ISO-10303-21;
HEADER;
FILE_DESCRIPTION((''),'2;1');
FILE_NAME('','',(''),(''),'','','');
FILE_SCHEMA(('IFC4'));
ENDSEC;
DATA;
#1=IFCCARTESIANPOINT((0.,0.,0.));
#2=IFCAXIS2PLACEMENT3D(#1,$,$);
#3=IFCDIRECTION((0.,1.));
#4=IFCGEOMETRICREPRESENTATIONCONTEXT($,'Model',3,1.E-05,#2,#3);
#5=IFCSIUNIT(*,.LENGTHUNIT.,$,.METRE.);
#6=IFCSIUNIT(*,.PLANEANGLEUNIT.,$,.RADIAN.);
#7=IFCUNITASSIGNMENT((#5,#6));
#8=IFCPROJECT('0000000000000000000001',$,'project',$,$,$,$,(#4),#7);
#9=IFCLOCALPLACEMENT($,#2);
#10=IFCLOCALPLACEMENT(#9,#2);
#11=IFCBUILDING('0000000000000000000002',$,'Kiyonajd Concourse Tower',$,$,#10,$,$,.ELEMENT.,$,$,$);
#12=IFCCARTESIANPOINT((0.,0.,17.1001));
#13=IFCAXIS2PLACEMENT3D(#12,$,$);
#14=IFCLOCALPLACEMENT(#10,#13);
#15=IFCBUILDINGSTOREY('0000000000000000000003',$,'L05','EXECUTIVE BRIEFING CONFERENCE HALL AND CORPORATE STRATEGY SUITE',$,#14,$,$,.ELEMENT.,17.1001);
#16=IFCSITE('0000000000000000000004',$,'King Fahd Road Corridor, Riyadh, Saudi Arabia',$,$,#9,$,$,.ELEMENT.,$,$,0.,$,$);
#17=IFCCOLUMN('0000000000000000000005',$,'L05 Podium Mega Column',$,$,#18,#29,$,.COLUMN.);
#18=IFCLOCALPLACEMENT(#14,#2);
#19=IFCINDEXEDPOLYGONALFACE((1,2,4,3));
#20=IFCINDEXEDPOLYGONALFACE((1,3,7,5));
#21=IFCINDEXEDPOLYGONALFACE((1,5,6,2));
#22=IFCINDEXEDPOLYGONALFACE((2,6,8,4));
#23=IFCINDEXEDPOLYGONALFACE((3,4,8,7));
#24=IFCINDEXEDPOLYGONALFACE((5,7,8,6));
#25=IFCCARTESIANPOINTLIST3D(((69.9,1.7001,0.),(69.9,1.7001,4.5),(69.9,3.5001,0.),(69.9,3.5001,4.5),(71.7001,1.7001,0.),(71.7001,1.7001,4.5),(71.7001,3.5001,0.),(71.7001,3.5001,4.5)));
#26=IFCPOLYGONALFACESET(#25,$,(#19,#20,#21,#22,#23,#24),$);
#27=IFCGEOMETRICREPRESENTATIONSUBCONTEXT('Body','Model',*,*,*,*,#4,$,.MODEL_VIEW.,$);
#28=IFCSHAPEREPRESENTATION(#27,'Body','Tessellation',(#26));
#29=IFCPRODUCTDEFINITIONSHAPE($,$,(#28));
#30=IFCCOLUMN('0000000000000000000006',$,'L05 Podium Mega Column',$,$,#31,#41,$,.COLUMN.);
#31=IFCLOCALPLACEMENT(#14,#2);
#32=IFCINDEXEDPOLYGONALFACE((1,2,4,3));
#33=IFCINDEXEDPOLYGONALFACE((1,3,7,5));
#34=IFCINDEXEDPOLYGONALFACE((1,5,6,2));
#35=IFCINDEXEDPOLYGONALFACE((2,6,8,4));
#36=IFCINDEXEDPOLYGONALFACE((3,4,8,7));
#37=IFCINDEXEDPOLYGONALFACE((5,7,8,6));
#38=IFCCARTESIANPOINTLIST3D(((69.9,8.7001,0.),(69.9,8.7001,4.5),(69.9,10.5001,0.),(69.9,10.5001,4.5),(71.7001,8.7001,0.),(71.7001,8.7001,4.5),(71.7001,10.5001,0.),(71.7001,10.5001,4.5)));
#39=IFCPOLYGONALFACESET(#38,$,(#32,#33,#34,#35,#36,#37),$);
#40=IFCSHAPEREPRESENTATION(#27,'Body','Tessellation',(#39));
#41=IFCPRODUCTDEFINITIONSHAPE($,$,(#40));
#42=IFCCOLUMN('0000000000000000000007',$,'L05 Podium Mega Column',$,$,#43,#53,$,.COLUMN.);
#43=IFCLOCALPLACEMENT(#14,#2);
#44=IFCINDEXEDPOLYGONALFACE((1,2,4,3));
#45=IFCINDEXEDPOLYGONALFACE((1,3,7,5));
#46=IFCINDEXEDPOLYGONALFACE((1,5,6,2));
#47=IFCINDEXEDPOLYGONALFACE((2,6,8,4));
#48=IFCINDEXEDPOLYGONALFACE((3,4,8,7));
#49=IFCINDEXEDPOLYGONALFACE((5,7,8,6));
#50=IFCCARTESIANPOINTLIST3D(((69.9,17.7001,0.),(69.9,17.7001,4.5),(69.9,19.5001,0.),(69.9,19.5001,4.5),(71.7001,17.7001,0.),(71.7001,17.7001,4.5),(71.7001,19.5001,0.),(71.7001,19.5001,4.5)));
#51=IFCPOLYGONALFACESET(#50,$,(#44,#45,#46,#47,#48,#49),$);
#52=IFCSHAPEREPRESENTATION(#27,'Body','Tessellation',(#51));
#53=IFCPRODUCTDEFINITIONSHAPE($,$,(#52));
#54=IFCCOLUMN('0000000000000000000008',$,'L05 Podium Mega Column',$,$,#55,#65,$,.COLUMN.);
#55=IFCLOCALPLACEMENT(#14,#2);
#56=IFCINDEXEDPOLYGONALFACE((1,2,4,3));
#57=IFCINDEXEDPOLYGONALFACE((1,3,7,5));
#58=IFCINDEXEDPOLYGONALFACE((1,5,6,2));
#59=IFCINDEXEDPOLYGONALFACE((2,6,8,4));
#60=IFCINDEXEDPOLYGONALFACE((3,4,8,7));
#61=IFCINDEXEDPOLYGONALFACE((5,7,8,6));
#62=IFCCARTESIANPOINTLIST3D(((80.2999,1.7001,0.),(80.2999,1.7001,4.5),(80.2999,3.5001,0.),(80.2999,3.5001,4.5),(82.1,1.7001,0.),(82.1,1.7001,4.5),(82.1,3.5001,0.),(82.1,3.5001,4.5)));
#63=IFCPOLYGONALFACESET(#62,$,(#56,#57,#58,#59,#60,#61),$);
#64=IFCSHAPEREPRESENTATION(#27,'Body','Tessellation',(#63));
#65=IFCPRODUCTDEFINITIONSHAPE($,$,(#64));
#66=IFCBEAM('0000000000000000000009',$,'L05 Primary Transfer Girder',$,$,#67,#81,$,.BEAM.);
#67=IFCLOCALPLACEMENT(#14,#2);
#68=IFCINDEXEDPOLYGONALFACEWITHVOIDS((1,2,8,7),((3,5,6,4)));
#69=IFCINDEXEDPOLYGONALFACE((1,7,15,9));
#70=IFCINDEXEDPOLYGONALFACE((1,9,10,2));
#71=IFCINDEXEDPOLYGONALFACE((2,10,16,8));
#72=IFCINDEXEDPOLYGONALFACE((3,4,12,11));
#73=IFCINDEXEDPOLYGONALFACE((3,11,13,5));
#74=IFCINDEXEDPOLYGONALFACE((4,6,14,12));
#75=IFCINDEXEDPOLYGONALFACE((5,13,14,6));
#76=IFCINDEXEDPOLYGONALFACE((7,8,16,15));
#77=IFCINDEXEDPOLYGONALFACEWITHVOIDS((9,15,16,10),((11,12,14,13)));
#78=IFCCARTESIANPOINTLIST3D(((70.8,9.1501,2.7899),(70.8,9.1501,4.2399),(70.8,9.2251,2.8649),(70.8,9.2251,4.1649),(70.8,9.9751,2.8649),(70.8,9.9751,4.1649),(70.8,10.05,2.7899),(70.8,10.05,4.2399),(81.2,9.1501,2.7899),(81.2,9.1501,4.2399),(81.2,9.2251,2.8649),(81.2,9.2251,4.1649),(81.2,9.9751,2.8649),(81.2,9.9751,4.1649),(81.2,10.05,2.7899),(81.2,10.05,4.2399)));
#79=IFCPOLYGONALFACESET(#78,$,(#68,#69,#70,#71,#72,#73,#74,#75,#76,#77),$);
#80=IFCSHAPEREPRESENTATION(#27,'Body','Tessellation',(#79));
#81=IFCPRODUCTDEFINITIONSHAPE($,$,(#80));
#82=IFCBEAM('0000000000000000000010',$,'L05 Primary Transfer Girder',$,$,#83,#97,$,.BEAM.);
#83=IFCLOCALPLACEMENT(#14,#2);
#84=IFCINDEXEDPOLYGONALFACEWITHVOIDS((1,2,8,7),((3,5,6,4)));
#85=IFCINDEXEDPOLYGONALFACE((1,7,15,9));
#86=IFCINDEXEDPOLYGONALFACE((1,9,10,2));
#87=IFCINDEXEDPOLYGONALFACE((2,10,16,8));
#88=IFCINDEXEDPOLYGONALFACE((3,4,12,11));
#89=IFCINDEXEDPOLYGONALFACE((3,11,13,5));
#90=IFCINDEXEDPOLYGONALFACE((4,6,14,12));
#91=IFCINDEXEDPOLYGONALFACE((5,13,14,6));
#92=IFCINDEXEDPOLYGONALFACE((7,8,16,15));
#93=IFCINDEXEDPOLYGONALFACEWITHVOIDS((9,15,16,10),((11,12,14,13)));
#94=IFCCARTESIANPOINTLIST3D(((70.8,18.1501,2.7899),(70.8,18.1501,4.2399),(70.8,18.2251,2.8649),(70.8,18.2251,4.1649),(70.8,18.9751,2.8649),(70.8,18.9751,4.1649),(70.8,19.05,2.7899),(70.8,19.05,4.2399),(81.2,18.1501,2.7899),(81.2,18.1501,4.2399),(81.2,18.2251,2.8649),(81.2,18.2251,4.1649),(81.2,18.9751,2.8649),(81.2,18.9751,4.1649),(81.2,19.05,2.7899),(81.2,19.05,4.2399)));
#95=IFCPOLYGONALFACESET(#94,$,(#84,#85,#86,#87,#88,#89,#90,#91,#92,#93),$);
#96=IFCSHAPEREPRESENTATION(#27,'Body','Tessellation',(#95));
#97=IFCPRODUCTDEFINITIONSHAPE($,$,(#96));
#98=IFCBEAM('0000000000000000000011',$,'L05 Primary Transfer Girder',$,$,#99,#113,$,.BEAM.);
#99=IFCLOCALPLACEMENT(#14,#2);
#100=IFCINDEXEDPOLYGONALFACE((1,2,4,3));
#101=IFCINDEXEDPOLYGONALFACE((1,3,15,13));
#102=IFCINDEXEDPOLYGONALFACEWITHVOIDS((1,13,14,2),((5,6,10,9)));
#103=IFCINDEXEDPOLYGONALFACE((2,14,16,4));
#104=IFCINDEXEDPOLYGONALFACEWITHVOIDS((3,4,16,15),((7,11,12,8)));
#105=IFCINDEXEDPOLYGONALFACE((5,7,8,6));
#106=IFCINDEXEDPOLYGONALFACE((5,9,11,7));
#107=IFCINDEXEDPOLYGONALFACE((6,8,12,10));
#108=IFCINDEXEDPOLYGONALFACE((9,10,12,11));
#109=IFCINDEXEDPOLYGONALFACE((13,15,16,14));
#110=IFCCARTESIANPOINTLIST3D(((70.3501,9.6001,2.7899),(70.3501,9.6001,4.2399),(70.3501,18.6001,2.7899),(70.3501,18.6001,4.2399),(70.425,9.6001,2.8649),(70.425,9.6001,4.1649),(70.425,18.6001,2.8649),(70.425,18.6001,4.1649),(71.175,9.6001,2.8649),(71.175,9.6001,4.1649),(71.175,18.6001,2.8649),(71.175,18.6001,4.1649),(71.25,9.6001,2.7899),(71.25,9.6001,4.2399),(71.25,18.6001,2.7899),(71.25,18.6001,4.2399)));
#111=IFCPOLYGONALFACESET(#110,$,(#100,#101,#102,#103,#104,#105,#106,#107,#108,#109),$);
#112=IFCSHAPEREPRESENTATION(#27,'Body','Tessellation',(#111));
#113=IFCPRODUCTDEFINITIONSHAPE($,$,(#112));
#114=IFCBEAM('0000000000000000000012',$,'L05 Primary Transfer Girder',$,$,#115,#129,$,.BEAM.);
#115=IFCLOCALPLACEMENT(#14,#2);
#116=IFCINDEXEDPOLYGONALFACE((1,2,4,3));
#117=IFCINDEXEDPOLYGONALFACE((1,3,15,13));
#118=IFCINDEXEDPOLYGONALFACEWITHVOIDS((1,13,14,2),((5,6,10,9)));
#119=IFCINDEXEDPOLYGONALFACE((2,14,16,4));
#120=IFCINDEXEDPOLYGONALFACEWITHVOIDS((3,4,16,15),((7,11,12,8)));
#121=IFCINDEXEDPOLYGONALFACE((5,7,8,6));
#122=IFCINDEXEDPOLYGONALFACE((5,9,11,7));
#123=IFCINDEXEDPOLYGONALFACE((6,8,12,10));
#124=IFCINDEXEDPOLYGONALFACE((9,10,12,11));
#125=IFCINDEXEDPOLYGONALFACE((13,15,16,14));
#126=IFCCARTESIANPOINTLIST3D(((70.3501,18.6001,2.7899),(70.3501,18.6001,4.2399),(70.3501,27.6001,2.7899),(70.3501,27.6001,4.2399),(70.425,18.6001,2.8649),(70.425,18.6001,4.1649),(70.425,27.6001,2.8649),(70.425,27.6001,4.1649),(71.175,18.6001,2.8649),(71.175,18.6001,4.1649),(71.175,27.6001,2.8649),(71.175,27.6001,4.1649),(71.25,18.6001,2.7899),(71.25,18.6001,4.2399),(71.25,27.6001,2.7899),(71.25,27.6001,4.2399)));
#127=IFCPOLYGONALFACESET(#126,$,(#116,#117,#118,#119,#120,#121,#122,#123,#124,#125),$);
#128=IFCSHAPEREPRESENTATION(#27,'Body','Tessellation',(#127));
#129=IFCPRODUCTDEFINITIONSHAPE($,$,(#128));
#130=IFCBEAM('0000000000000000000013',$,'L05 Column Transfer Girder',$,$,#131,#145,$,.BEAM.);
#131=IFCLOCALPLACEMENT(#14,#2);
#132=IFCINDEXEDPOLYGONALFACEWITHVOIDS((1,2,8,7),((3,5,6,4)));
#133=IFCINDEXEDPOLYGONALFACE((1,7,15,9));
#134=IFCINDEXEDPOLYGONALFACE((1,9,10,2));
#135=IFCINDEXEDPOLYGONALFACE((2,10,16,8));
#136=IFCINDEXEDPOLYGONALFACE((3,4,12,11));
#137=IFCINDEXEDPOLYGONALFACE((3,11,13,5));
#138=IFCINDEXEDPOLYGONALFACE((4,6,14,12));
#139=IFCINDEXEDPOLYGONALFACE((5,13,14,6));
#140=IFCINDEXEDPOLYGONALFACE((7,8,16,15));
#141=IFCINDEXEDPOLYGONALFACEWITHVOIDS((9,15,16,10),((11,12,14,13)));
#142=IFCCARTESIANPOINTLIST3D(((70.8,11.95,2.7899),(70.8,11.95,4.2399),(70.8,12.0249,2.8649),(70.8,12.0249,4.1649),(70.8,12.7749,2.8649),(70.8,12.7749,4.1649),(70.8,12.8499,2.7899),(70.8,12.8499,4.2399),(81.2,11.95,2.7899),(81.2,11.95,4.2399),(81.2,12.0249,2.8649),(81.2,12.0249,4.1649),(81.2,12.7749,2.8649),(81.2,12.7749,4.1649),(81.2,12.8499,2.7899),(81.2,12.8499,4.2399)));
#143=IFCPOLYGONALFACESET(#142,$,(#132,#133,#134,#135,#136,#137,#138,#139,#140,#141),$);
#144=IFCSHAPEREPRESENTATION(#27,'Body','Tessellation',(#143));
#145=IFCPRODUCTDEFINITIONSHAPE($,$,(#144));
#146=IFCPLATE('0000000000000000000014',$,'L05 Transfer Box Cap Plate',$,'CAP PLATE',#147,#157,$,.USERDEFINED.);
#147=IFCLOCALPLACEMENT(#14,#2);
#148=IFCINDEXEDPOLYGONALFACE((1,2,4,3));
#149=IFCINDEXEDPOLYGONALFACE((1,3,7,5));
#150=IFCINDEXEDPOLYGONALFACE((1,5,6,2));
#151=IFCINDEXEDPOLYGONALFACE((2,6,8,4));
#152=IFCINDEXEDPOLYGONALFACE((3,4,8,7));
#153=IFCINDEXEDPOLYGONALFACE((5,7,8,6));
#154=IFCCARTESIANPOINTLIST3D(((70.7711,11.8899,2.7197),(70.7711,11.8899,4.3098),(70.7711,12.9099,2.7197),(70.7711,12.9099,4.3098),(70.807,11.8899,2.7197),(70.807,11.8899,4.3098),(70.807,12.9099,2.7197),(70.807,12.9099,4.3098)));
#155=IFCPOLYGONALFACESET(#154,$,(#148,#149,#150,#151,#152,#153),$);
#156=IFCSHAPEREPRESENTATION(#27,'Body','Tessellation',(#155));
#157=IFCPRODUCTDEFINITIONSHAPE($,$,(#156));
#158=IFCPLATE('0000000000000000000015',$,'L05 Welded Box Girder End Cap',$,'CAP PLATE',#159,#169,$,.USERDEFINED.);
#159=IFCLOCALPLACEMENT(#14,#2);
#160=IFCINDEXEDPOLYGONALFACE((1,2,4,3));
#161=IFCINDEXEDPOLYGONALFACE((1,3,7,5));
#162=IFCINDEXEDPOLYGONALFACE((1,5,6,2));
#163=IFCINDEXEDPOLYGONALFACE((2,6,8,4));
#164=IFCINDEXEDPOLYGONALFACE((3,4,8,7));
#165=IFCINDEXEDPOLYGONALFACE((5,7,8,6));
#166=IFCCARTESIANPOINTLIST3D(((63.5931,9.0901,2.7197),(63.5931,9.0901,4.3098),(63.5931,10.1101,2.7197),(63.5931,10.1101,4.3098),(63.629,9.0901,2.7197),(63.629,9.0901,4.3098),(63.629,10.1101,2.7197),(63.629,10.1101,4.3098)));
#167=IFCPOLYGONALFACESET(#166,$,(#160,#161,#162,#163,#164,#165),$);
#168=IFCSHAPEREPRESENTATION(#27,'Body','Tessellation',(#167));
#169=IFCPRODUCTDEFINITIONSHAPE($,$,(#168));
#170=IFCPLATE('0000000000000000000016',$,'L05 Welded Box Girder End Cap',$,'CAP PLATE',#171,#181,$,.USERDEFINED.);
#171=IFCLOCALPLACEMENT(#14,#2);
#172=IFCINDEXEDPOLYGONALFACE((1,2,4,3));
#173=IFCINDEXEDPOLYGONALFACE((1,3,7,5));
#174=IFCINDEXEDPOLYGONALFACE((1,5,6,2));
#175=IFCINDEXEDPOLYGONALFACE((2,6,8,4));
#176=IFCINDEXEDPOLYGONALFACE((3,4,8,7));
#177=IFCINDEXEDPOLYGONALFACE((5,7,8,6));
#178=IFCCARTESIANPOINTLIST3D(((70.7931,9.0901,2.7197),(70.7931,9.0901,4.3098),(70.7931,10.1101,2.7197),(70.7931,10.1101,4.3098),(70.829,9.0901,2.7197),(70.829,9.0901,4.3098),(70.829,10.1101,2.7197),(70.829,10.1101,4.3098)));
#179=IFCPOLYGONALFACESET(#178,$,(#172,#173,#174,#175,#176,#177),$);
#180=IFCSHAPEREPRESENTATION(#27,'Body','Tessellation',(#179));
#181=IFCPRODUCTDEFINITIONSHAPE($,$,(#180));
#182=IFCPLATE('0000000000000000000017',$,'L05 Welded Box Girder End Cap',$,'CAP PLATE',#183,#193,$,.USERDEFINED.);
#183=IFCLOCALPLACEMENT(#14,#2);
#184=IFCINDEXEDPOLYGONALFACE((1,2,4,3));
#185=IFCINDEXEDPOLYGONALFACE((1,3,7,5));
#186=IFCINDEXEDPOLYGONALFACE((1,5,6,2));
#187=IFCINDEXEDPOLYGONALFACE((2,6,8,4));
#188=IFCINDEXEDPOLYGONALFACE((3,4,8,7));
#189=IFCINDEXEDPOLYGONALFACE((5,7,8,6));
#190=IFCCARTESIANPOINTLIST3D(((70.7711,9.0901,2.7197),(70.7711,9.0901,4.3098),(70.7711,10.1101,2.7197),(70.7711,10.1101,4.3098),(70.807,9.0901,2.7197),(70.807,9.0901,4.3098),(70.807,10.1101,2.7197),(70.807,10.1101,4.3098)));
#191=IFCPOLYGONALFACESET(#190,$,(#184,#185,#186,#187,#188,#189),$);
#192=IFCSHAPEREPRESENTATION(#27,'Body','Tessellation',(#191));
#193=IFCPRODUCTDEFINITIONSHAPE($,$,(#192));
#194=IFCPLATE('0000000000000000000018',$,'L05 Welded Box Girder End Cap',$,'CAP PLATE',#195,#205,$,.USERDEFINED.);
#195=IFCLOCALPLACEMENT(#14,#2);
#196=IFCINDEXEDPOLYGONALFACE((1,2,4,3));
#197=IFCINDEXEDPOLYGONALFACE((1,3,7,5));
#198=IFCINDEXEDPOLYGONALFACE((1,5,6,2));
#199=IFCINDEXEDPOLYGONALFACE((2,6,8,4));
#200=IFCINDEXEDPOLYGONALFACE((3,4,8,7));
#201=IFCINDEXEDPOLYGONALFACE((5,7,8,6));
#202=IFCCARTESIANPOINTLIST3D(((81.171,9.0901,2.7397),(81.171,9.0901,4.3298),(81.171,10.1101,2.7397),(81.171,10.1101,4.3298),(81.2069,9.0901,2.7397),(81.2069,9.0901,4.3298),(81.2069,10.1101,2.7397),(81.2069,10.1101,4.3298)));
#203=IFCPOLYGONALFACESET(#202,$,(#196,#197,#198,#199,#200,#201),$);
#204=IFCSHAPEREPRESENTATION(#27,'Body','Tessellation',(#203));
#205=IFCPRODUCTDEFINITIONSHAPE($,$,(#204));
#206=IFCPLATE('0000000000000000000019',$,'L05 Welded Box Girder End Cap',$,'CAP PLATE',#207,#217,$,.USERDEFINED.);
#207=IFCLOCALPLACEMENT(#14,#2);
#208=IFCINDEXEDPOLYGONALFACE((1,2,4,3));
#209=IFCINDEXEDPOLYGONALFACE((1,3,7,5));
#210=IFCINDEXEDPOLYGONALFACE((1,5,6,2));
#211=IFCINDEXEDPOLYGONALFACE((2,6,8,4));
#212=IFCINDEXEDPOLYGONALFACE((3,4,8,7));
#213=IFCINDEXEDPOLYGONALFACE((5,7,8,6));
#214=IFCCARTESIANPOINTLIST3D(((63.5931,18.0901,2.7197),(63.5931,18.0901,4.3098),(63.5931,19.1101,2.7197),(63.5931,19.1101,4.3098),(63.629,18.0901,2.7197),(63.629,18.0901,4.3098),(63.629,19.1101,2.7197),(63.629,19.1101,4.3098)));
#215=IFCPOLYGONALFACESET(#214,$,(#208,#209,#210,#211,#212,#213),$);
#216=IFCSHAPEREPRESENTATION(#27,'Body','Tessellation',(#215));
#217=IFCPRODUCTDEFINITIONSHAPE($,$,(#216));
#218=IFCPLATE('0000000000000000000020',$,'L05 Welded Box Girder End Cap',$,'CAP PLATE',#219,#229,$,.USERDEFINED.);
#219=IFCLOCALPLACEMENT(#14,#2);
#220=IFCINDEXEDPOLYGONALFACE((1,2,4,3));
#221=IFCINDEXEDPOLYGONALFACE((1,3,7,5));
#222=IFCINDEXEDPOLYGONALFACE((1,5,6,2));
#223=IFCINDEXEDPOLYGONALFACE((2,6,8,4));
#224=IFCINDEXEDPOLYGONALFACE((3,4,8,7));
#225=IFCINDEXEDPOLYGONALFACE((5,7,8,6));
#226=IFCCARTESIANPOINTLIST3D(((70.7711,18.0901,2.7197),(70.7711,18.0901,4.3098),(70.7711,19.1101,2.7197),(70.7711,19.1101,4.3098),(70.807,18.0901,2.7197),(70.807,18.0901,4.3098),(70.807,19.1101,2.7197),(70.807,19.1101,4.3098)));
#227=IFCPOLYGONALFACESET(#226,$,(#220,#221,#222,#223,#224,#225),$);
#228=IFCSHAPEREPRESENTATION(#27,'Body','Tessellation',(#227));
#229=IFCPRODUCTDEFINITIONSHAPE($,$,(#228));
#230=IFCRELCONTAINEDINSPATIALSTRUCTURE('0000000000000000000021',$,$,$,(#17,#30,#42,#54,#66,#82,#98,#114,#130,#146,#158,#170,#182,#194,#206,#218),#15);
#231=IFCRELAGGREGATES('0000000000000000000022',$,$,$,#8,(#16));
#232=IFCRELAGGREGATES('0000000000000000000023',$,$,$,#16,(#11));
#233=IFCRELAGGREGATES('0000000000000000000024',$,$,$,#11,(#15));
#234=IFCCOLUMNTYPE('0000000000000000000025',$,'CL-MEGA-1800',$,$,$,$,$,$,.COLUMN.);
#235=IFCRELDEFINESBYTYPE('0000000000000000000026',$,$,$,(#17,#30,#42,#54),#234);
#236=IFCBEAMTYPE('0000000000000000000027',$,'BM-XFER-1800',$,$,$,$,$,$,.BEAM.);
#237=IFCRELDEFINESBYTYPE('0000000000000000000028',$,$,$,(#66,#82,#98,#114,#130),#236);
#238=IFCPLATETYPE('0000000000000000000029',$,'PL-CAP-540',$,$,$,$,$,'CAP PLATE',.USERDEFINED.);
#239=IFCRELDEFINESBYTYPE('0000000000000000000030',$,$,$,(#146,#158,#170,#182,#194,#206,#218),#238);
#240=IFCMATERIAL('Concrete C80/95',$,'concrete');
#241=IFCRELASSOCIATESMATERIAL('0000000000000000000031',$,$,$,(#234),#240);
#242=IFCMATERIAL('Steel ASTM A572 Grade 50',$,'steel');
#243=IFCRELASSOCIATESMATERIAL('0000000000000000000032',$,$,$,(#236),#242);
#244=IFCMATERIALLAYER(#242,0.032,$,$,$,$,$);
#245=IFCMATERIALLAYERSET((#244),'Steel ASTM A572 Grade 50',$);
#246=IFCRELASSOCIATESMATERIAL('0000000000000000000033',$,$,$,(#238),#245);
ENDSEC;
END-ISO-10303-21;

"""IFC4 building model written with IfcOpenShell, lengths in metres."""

from ifc_helpers import new_model, si_unit, direction, frame, origin, origin_2d, place, context, subcontext, project, spatial, rectangle, hollow_rectangle, extrude, material, layer, layer_set, material_profile, profile_set, type_object, element, save


model = new_model("IFC4")

# Units and contexts
model_context = context("Model", 3, precision=1e-05, world=origin(), true_north=direction((0.0, 1.0)))
body_context = subcontext(model_context, "Body", "Model", "MODEL_VIEW")
ifc_project = project(units=[si_unit("LENGTHUNIT", "METRE"), si_unit("PLANEANGLEUNIT", "RADIAN")], contexts=[model_context])

# Site, building, storey
site_placement = place(None, origin())
site = spatial("IfcSite", under=ifc_project, at=site_placement, Name="King Fahd Road Corridor, Riyadh, Saudi Arabia", CompositionType="ELEMENT", RefElevation=0.0)
building_placement = place(site_placement, origin())
building = spatial("IfcBuilding", under=site, at=building_placement, Name="Kiyonajd Concourse Tower", CompositionType="ELEMENT")
storey_placement = place(building_placement, frame((0.0, 0.0, 17.1001)))
storey = spatial("IfcBuildingStorey", under=building, at=storey_placement, Name="L05", Description="EXECUTIVE BRIEFING CONFERENCE HALL AND CORPORATE STRATEGY SUITE", CompositionType="ELEMENT", Elevation=17.1001)

# Columns
ifc_material_1 = material(Name="Concrete C80/95", Category="concrete")
ifc_material_profile_1 = material_profile(ifc_material_1, rectangle(XDim=1.8, YDim=1.8, at=origin_2d()), Name="RC-1800x1800")
ifc_profile_set_1 = profile_set([ifc_material_profile_1], Name="Concrete C80/95")
column_type = type_object("IfcColumnType", Name="CL-MEGA-1800", PredefinedType="COLUMN", material=ifc_profile_set_1)
for number, where, z_axis, x_axis, name in (
    (1, (70.8, 2.6001, 0.0), (0.0, 0.0, 1.0), (1.0, 0.0, 0.0), "L05 Podium Mega Column"),
    (2, (70.8, 9.6001, 0.0), (0.0, 0.0, 1.0), (1.0, 0.0, 0.0), "L05 Podium Mega Column"),
    (3, (70.8, 18.6001, 0.0), (0.0, 0.0, 1.0), (1.0, 0.0, 0.0), "L05 Podium Mega Column"),
    (4, (81.2, 2.6001, 0.0), (0.0, 0.0, 1.0), (1.0, 0.0, 0.0), "L05 Podium Mega Column"),
):
    element("IfcColumn", number, at=place(storey_placement, frame(where, z_axis=z_axis, x_axis=x_axis)), inside=storey, type_object=column_type, Name=name, PredefinedType="COLUMN", context=body_context, shape_type="SweptSolid", body=[
        extrude(rectangle(XDim=1.8, YDim=1.8, at=origin_2d()), origin(), (0.0, 0.0, 1.0), 4.5),
    ])

# Beams
ifc_material_2 = material(Name="Steel ASTM A572 Grade 50", Category="steel")
ifc_material_profile_2 = material_profile(ifc_material_2, hollow_rectangle(XDim=0.8999, YDim=1.45, WallThickness=0.075, at=origin_2d()), Name="BOX-1450x900x75")
ifc_profile_set_2 = profile_set([ifc_material_profile_2], Name="Steel ASTM A572 Grade 50")
beam_type = type_object("IfcBeamType", Name="BM-XFER-1800", PredefinedType="BEAM", material=ifc_profile_set_2)
for number, where, z_axis, x_axis, name in (
    (5, (70.8, 9.6001, 3.5149), (1.0, 0.0, 0.0), (0.0, 1.0, 0.0), "L05 Primary Transfer Girder"),
    (6, (70.8, 18.6001, 3.5149), (1.0, 0.0, 0.0), (0.0, 1.0, 0.0), "L05 Primary Transfer Girder"),
):
    element("IfcBeam", number, at=place(storey_placement, frame(where, z_axis=z_axis, x_axis=x_axis)), inside=storey, type_object=beam_type, Name=name, PredefinedType="BEAM", context=body_context, shape_type="SweptSolid", body=[
        extrude(hollow_rectangle(XDim=0.8999, YDim=1.45, WallThickness=0.075, at=origin_2d()), origin(), (0.0, 0.0, 1.0), 10.3999),
    ])
for number, where, z_axis, x_axis, name in (
    (7, (70.8, 9.6001, 3.5149), (0.0, 1.0, 0.0), (-1.0, 0.0, 0.0), "L05 Primary Transfer Girder"),
    (8, (70.8, 18.6001, 3.5149), (0.0, 1.0, 0.0), (-1.0, 0.0, 0.0), "L05 Primary Transfer Girder"),
):
    element("IfcBeam", number, at=place(storey_placement, frame(where, z_axis=z_axis, x_axis=x_axis)), inside=storey, type_object=beam_type, Name=name, PredefinedType="BEAM", context=body_context, shape_type="SweptSolid", body=[
        extrude(hollow_rectangle(XDim=0.8999, YDim=1.45, WallThickness=0.075, at=origin_2d()), origin(), (0.0, 0.0, 1.0), 9.0),
    ])
beam_placement = place(storey_placement, frame((70.8, 12.3999, 3.5149), z_axis=(1.0, 0.0, 0.0), x_axis=(0.0, 1.0, 0.0)))
element("IfcBeam", 9, at=beam_placement, inside=storey, type_object=beam_type, Name="L05 Column Transfer Girder", PredefinedType="BEAM", context=body_context, shape_type="SweptSolid", body=[
    extrude(hollow_rectangle(XDim=0.8999, YDim=1.45, WallThickness=0.075, at=origin_2d()), origin(), (0.0, 0.0, 1.0), 10.3999),
])

# Plates
ifc_layer = layer(ifc_material_2, 0.032)
ifc_layer_set = layer_set([ifc_layer], Name="Steel ASTM A572 Grade 50")
plate_type = type_object("IfcPlateType", Name="PL-CAP-540", ElementType="CAP PLATE", PredefinedType="USERDEFINED", material=ifc_layer_set)
for number, where, z_axis, x_axis, name in (
    (10, (70.7891, 12.3999, 2.7197), (0.0, 0.0, 1.0), (-1.0, 0.0, 0.0), "L05 Transfer Box Cap Plate"),
    (11, (63.6111, 9.6001, 2.7197), (0.0, 0.0, 1.0), (1.0, 0.0, 0.0), "L05 Welded Box Girder End Cap"),
    (12, (70.811, 9.6001, 2.7197), (0.0, 0.0, 1.0), (1.0, 0.0, 0.0), "L05 Welded Box Girder End Cap"),
    (13, (70.7891, 9.6001, 2.7197), (0.0, 0.0, 1.0), (-1.0, 0.0, 0.0), "L05 Welded Box Girder End Cap"),
    (14, (81.189, 9.6001, 2.7397), (0.0, 0.0, 1.0), (-1.0, 0.0, 0.0), "L05 Welded Box Girder End Cap"),
    (15, (63.6111, 18.6001, 2.7197), (0.0, 0.0, 1.0), (1.0, 0.0, 0.0), "L05 Welded Box Girder End Cap"),
    (16, (70.7891, 18.6001, 2.7197), (0.0, 0.0, 1.0), (-1.0, 0.0, 0.0), "L05 Welded Box Girder End Cap"),
):
    element("IfcPlate", number, at=place(storey_placement, frame(where, z_axis=z_axis, x_axis=x_axis)), inside=storey, type_object=plate_type, Name=name, ObjectType="CAP PLATE", PredefinedType="USERDEFINED", context=body_context, shape_type="SweptSolid", body=[
        extrude(rectangle(XDim=0.0359, YDim=1.02, at=origin_2d()), origin(), (0.0, 0.0, 1.0), 1.5901),
    ])

save(model, "model.ifc")
